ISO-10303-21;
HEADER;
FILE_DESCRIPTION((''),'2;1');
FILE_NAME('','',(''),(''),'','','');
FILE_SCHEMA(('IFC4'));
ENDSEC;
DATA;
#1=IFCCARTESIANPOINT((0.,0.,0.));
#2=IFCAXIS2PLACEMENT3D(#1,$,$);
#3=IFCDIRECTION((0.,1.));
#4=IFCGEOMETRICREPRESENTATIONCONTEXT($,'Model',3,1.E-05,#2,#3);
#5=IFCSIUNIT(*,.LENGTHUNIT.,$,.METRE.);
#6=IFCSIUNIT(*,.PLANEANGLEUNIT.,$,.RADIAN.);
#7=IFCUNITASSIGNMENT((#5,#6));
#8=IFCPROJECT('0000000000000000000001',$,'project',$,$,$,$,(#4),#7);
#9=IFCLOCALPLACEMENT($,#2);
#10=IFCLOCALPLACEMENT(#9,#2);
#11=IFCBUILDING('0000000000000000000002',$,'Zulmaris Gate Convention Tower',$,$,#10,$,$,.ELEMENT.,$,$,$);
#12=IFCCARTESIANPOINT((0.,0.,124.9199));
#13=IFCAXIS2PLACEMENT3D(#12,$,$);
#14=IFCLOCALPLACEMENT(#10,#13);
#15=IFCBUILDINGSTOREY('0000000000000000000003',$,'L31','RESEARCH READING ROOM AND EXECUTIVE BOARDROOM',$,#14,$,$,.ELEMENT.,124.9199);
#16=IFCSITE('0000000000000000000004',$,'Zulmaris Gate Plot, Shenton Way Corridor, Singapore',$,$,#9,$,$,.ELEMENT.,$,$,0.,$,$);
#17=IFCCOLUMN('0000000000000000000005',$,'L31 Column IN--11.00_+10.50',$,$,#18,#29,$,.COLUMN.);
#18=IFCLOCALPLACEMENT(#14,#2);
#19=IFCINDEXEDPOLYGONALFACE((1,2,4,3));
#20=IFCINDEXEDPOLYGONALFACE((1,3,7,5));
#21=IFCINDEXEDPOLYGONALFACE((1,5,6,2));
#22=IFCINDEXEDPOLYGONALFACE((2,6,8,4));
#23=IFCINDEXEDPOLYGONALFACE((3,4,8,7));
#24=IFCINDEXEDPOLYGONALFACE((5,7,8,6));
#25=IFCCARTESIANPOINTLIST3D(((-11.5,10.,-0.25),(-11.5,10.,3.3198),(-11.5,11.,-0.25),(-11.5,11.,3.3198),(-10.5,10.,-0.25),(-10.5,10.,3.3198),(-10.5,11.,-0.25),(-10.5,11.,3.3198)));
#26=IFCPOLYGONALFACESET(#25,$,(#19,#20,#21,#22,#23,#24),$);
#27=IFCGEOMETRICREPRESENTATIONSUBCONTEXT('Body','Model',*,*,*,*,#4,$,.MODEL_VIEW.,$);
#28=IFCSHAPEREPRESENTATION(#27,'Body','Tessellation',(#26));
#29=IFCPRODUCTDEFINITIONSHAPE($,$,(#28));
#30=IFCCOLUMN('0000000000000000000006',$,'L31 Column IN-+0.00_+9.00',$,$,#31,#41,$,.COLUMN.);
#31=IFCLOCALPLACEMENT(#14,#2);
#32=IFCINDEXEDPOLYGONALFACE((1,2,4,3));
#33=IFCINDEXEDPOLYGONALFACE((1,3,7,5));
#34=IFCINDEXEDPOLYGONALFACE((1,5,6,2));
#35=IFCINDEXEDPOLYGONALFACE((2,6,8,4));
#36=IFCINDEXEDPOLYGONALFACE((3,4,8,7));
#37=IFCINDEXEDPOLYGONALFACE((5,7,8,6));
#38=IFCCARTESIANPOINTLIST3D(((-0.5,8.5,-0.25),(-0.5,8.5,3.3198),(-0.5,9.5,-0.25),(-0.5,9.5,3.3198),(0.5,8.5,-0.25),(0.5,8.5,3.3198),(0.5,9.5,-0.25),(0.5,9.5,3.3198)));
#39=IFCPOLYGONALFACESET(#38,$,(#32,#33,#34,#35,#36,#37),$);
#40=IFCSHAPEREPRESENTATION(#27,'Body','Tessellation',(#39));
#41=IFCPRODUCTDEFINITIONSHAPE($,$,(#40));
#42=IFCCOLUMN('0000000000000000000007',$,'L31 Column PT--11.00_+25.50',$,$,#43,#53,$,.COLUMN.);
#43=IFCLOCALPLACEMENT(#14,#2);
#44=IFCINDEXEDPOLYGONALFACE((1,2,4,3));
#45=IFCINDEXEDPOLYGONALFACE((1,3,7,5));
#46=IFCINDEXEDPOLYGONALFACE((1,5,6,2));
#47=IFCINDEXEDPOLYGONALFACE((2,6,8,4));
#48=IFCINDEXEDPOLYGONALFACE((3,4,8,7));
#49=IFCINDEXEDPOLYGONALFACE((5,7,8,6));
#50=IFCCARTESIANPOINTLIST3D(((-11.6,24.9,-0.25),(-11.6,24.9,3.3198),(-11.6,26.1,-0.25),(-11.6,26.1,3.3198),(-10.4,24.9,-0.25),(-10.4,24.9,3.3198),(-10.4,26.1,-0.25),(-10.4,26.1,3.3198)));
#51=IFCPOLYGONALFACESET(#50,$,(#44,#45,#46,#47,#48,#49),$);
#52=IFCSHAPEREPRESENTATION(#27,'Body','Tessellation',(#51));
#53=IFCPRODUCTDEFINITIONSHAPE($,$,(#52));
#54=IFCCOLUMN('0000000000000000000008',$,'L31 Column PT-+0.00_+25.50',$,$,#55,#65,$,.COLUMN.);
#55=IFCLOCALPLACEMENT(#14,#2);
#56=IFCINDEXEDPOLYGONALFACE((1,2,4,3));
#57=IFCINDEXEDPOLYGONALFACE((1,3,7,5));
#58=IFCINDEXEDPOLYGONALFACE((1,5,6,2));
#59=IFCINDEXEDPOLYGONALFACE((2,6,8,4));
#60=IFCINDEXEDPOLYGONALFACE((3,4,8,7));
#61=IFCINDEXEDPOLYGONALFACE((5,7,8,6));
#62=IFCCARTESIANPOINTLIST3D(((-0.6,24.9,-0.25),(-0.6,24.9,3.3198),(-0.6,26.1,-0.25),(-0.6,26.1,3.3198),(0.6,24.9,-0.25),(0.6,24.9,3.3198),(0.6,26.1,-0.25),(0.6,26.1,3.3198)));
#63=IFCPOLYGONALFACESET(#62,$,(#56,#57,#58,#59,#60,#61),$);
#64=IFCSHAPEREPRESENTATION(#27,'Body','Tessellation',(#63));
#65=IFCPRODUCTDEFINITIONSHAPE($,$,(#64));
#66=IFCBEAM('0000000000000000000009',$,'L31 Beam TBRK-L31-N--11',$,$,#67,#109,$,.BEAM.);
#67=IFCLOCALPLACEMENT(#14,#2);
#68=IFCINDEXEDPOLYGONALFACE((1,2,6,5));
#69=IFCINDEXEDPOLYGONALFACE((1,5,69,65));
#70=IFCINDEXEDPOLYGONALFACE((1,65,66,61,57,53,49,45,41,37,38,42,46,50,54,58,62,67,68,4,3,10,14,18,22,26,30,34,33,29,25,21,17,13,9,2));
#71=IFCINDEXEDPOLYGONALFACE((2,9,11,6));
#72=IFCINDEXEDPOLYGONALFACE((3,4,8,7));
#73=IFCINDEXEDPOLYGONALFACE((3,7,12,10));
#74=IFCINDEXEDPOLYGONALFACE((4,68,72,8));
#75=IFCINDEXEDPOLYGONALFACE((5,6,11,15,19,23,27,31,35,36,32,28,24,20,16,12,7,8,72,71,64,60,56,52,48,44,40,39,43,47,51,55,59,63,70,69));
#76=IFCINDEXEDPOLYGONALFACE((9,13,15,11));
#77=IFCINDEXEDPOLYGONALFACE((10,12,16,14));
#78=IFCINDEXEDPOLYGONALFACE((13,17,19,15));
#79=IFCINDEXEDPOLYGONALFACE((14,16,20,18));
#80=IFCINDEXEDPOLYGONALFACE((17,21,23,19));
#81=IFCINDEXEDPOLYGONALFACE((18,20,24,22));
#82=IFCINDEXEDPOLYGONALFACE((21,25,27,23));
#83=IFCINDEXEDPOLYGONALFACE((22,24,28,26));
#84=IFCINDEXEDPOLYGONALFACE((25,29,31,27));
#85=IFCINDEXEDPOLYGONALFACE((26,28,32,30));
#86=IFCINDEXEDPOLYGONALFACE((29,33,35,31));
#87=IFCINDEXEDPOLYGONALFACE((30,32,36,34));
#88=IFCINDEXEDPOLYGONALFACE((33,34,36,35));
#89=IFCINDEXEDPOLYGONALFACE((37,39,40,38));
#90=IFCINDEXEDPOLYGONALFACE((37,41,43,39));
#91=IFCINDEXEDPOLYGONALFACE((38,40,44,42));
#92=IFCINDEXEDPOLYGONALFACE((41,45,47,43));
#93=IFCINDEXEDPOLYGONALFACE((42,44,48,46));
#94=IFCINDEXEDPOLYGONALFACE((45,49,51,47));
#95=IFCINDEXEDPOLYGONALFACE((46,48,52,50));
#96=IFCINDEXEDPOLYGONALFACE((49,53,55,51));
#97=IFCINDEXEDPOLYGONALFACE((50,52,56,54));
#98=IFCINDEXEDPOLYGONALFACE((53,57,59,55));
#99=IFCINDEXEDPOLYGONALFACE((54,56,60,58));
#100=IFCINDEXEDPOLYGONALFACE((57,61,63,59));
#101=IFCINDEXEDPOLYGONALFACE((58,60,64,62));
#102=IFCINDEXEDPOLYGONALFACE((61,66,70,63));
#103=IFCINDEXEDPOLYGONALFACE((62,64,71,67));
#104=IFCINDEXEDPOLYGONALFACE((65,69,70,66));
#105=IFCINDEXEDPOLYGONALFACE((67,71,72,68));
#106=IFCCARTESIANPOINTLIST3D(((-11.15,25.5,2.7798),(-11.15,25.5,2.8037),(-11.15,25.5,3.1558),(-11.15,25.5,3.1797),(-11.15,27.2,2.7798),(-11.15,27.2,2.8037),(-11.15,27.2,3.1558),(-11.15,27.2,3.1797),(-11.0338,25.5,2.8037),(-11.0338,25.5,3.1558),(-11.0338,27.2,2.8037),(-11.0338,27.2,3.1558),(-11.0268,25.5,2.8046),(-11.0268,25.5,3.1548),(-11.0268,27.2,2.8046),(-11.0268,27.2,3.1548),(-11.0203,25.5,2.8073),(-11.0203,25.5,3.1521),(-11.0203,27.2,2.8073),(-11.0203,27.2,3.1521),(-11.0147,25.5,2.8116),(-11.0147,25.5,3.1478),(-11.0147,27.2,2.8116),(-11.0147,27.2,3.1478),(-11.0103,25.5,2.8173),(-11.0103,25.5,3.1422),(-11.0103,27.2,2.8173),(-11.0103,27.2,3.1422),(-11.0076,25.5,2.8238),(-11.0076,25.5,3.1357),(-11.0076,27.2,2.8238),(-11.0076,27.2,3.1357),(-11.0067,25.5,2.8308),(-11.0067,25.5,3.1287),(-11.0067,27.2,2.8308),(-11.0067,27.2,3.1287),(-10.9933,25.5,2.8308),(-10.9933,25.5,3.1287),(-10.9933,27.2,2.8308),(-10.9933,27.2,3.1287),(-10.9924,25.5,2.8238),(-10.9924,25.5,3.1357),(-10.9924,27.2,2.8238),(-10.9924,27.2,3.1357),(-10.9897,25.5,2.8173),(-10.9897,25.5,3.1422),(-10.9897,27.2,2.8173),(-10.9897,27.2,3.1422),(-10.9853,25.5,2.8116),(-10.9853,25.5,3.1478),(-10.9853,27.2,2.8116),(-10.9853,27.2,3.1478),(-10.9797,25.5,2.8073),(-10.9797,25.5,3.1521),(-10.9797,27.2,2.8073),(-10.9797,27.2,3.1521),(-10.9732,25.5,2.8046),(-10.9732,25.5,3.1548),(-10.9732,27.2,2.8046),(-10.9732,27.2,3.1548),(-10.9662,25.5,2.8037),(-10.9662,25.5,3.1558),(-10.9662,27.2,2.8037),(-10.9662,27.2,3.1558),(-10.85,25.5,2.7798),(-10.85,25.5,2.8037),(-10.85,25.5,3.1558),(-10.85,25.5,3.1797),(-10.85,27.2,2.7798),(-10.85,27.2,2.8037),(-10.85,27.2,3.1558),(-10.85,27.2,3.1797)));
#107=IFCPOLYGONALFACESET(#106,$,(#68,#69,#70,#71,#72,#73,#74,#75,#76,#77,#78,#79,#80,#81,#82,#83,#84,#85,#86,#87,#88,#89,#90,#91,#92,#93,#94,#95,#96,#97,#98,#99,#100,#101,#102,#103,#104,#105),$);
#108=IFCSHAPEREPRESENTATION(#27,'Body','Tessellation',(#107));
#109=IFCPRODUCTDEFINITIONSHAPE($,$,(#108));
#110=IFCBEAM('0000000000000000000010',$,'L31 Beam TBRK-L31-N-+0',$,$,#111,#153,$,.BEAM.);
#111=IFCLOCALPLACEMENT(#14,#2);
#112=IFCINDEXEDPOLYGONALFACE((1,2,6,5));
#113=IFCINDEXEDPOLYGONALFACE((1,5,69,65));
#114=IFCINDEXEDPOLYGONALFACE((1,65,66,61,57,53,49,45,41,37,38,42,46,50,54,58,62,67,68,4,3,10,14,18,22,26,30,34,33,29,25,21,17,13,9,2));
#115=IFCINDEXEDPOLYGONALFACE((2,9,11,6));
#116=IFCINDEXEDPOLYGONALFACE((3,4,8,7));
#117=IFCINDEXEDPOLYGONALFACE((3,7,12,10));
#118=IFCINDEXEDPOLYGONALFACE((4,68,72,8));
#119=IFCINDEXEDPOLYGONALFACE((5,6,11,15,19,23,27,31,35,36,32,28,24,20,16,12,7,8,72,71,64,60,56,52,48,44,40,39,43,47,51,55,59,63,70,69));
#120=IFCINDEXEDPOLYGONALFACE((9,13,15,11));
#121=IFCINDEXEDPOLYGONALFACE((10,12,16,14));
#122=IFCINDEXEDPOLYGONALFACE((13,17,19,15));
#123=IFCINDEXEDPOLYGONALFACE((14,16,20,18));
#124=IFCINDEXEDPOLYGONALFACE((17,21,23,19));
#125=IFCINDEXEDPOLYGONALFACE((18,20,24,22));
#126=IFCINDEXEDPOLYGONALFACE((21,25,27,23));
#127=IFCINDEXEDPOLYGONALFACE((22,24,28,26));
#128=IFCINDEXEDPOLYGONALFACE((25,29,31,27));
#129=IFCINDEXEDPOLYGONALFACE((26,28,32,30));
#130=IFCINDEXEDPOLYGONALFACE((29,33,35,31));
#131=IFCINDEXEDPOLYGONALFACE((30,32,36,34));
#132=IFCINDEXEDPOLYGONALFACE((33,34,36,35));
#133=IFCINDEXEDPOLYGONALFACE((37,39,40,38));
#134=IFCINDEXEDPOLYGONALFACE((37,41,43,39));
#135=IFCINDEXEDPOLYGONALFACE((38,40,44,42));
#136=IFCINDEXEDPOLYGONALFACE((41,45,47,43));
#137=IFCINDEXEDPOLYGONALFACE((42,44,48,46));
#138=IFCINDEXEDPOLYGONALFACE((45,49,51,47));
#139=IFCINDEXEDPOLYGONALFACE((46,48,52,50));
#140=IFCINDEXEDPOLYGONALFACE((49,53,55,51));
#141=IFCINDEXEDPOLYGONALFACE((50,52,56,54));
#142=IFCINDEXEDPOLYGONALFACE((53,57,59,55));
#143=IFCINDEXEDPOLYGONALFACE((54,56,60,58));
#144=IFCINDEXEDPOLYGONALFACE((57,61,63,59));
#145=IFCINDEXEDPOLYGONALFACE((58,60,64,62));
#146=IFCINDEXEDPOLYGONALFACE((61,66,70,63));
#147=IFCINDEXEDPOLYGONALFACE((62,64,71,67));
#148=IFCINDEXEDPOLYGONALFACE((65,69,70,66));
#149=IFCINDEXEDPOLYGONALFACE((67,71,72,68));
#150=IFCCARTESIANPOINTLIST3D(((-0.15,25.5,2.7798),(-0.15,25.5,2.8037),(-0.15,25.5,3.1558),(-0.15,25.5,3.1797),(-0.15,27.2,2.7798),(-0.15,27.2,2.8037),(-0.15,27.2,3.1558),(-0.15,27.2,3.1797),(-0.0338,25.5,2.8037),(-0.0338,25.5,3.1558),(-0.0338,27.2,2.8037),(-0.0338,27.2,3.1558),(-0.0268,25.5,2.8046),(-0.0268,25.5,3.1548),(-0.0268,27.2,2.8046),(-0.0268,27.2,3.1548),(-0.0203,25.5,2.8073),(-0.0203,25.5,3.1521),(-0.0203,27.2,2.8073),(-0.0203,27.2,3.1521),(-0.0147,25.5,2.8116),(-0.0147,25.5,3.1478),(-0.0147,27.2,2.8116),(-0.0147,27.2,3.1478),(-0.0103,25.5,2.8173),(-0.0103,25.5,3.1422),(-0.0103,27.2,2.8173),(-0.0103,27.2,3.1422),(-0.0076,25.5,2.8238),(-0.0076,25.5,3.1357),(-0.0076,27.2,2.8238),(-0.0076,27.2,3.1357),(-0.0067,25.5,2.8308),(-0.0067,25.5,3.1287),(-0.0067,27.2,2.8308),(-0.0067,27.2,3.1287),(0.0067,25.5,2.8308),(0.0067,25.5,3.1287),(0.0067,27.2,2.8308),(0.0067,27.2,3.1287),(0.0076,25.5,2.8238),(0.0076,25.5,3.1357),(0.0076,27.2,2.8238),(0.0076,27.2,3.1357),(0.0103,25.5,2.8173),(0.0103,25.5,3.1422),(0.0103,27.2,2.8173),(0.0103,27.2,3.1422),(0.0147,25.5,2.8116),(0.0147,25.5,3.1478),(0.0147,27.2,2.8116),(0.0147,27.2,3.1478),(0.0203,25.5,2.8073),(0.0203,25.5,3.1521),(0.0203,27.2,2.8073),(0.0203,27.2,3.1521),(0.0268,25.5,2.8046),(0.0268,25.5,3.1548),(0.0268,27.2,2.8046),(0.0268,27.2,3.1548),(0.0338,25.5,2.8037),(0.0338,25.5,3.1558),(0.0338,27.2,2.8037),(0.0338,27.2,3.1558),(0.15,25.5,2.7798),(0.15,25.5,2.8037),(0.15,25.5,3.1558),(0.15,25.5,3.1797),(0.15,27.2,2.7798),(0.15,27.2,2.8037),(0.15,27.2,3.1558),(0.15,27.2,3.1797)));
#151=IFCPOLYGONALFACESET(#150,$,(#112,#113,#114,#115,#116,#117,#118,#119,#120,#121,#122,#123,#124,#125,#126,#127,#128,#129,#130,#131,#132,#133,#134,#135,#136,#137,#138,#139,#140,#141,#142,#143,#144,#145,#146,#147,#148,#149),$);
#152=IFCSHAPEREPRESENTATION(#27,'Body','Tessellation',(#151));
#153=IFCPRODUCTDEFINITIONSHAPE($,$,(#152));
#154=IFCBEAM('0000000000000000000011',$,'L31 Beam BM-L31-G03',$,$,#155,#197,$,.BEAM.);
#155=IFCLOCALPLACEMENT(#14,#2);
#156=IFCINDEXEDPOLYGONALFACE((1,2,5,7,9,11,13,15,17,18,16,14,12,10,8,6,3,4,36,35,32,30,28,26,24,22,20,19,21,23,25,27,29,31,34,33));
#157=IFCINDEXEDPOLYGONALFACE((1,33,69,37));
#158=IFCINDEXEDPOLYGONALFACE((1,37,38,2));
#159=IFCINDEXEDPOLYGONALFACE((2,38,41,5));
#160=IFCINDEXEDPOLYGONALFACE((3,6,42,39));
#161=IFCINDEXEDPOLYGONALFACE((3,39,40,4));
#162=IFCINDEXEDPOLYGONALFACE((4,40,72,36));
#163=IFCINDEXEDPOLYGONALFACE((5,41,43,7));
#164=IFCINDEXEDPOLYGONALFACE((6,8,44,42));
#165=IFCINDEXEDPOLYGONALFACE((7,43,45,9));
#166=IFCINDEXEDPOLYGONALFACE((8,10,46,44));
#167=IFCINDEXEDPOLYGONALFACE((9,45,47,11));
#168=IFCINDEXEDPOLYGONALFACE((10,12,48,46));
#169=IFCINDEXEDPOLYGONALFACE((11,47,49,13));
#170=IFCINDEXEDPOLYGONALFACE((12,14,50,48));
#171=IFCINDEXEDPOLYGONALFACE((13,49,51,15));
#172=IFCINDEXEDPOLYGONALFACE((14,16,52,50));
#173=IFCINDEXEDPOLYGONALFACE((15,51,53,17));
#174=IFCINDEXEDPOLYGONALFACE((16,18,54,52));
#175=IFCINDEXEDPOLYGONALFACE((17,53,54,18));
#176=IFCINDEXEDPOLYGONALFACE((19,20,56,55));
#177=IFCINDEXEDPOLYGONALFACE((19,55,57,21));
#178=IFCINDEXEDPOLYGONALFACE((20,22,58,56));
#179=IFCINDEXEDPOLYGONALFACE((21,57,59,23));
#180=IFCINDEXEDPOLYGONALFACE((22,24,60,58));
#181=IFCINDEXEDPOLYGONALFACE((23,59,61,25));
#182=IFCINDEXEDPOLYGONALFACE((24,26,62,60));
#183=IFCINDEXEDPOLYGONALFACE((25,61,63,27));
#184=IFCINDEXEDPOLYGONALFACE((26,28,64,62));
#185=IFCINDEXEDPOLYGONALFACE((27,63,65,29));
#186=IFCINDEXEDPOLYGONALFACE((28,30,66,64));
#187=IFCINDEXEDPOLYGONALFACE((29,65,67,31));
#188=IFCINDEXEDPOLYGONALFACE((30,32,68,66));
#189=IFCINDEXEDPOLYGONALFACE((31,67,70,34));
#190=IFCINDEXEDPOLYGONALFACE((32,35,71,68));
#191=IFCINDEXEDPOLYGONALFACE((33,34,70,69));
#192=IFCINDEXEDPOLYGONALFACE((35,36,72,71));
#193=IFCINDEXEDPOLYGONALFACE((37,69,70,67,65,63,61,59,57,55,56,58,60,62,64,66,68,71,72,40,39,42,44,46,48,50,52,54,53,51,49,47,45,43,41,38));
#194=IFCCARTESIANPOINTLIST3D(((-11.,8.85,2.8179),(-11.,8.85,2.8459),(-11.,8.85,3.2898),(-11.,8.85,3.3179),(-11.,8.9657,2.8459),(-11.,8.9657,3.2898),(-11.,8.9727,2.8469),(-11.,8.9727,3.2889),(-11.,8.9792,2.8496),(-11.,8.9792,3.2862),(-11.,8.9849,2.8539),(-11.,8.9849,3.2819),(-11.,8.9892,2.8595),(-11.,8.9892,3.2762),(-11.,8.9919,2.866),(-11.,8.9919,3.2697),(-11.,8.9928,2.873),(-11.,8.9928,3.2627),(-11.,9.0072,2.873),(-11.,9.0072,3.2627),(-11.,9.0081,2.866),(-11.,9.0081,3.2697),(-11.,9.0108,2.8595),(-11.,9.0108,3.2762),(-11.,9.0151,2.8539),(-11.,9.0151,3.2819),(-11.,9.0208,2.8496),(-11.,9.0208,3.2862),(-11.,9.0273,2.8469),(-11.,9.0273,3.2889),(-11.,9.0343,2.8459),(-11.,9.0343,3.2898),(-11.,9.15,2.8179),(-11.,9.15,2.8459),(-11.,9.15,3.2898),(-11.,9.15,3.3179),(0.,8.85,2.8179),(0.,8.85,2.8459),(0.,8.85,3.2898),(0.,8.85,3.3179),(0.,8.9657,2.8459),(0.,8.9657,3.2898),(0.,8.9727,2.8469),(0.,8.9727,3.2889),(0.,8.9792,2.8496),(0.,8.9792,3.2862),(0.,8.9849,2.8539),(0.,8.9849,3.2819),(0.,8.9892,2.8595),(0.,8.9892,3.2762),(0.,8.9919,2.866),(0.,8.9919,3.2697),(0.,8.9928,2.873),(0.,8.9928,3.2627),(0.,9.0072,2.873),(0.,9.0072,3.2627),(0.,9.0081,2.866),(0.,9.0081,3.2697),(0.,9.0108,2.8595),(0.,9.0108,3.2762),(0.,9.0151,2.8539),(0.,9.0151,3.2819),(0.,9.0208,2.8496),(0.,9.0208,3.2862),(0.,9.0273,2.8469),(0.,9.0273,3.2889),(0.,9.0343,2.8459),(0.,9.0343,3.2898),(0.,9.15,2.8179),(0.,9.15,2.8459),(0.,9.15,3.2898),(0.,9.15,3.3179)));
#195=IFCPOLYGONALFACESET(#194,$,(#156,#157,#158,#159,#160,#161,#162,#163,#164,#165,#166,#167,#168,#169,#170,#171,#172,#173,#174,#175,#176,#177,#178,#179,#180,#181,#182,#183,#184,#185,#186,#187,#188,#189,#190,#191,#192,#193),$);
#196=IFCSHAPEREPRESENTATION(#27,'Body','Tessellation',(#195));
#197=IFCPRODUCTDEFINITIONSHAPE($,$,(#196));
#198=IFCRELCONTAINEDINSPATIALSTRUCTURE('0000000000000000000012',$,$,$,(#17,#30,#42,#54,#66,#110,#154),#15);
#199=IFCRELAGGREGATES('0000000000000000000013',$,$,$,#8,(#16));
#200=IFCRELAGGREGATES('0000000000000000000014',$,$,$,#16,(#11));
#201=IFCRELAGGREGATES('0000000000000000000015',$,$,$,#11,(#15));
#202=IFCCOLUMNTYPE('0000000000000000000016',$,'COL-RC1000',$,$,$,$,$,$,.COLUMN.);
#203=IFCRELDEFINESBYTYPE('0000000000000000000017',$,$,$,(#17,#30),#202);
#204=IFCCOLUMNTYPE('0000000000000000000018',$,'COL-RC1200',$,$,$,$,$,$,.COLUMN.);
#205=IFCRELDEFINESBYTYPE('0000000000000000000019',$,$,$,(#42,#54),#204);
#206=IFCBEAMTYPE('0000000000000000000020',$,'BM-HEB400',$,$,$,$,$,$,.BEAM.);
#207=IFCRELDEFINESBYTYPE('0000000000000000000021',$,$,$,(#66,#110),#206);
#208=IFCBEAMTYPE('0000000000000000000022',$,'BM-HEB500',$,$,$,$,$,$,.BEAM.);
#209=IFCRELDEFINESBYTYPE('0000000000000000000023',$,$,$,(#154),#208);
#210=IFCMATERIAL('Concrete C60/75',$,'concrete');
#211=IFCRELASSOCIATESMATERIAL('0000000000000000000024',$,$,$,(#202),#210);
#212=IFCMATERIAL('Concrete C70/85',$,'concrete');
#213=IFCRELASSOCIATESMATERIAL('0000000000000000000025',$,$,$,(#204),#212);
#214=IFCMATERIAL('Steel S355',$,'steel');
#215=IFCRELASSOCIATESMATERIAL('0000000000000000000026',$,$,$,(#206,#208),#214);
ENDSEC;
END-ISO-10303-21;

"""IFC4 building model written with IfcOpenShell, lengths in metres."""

from ifc_helpers import new_model, si_unit, direction, frame, origin, origin_2d, place, context, subcontext, project, spatial, rectangle, i_section, extrude, material, material_profile, profile_set, type_object, element, save


model = new_model("IFC4")

# Units and contexts
model_context = context("Model", 3, precision=1e-05, world=origin(), true_north=direction((0.0, 1.0)))
body_context = subcontext(model_context, "Body", "Model", "MODEL_VIEW")
ifc_project = project(units=[si_unit("LENGTHUNIT", "METRE"), si_unit("PLANEANGLEUNIT", "RADIAN")], contexts=[model_context])

# Site, building, storey
site_placement = place(None, origin())
site = spatial("IfcSite", under=ifc_project, at=site_placement, Name="Zulmaris Gate Plot, Shenton Way Corridor, Singapore", CompositionType="ELEMENT", RefElevation=0.0)
building_placement = place(site_placement, origin())
building = spatial("IfcBuilding", under=site, at=building_placement, Name="Zulmaris Gate Convention Tower", CompositionType="ELEMENT")
storey_placement = place(building_placement, frame((0.0, 0.0, 124.9199)))
storey = spatial("IfcBuildingStorey", under=building, at=storey_placement, Name="L31", Description="RESEARCH READING ROOM AND EXECUTIVE BOARDROOM", CompositionType="ELEMENT", Elevation=124.9199)

# Columns
ifc_material_1 = material(Name="Concrete C60/75", Category="concrete")
ifc_material_profile_1 = material_profile(ifc_material_1, rectangle(XDim=1.0, YDim=1.0, at=origin_2d()), Name="RC COL 1000x1000")
ifc_profile_set_1 = profile_set([ifc_material_profile_1], Name="Concrete C60/75")
column_type_1 = type_object("IfcColumnType", Name="COL-RC1000", PredefinedType="COLUMN", material=ifc_profile_set_1)
for number, where, z_axis, x_axis, name in (
    (1, (-11.0, 10.5, -0.25), (0.0, 0.0, 1.0), (1.0, 0.0, 0.0), "L31 Column IN--11.00_+10.50"),
    (2, (0.0, 9.0, -0.25), (0.0, 0.0, 1.0), (1.0, 0.0, 0.0), "L31 Column IN-+0.00_+9.00"),
):
    element("IfcColumn", number, at=place(storey_placement, frame(where, z_axis=z_axis, x_axis=x_axis)), inside=storey, type_object=column_type_1, Name=name, PredefinedType="COLUMN", context=body_context, shape_type="SweptSolid", body=[
        extrude(rectangle(XDim=1.0, YDim=1.0, at=origin_2d()), origin(), (0.0, 0.0, 1.0), 3.5698),
    ])
ifc_material_2 = material(Name="Concrete C70/85", Category="concrete")
ifc_material_profile_2 = material_profile(ifc_material_2, rectangle(XDim=1.2, YDim=1.2, at=origin_2d()), Name="RC COL 1200x1200")
ifc_profile_set_2 = profile_set([ifc_material_profile_2], Name="Concrete C70/85")
column_type_2 = type_object("IfcColumnType", Name="COL-RC1200", PredefinedType="COLUMN", material=ifc_profile_set_2)
for number, where, z_axis, x_axis, name in (
    (3, (-11.0, 25.5, -0.25), (0.0, 0.0, 1.0), (1.0, 0.0, 0.0), "L31 Column PT--11.00_+25.50"),
    (4, (0.0, 25.5, -0.25), (0.0, 0.0, 1.0), (1.0, 0.0, 0.0), "L31 Column PT-+0.00_+25.50"),
):
    element("IfcColumn", number, at=place(storey_placement, frame(where, z_axis=z_axis, x_axis=x_axis)), inside=storey, type_object=column_type_2, Name=name, PredefinedType="COLUMN", context=body_context, shape_type="SweptSolid", body=[
        extrude(rectangle(XDim=1.2, YDim=1.2, at=origin_2d()), origin(), (0.0, 0.0, 1.0), 3.5698),
    ])

# Beams
ifc_material_3 = material(Name="Steel S355", Category="steel")
ifc_material_profile_3 = material_profile(ifc_material_3, i_section(OverallWidth=0.3, OverallDepth=0.3999, WebThickness=0.0134, FlangeThickness=0.0239, FilletRadius=0.0271, at=origin_2d()), Name="HEB 400")
ifc_profile_set_3 = profile_set([ifc_material_profile_3], Name="Steel S355")
beam_type_1 = type_object("IfcBeamType", Name="BM-HEB400", PredefinedType="BEAM", material=ifc_profile_set_3)
for number, where, z_axis, x_axis, name in (
    (5, (-11.0, 25.5, 2.9797), (0.0, 1.0, 0.0), (-1.0, 0.0, 0.0), "L31 Beam TBRK-L31-N--11"),
    (6, (0.0, 25.5, 2.9797), (0.0, 1.0, 0.0), (-1.0, 0.0, 0.0), "L31 Beam TBRK-L31-N-+0"),
):
    element("IfcBeam", number, at=place(storey_placement, frame(where, z_axis=z_axis, x_axis=x_axis)), inside=storey, type_object=beam_type_1, Name=name, PredefinedType="BEAM", context=body_context, shape_type="SweptSolid", body=[
        extrude(i_section(OverallWidth=0.3, OverallDepth=0.3999, WebThickness=0.0134, FlangeThickness=0.0239, FilletRadius=0.0271, at=origin_2d()), origin(), (0.0, 0.0, 1.0), 1.7),
    ])
ifc_material_profile_4 = material_profile(ifc_material_3, i_section(OverallWidth=0.3, OverallDepth=0.5, WebThickness=0.0144, FlangeThickness=0.0281, FilletRadius=0.0271, at=origin_2d()), Name="HEB 500")
ifc_profile_set_4 = profile_set([ifc_material_profile_4], Name="Steel S355")
beam_type_2 = type_object("IfcBeamType", Name="BM-HEB500", PredefinedType="BEAM", material=ifc_profile_set_4)
for number, where, z_axis, x_axis, name in (
    (7, (-11.0, 9.0, 3.0679), (1.0, 0.0, 0.0), (0.0, 1.0, 0.0), "L31 Beam BM-L31-G03"),
):
    element("IfcBeam", number, at=place(storey_placement, frame(where, z_axis=z_axis, x_axis=x_axis)), inside=storey, type_object=beam_type_2, Name=name, PredefinedType="BEAM", context=body_context, shape_type="SweptSolid", body=[
        extrude(i_section(OverallWidth=0.3, OverallDepth=0.5, WebThickness=0.0144, FlangeThickness=0.0281, FilletRadius=0.0271, at=origin_2d()), origin(), (0.0, 0.0, 1.0), 11.0),
    ])

save(model, "model.ifc")
